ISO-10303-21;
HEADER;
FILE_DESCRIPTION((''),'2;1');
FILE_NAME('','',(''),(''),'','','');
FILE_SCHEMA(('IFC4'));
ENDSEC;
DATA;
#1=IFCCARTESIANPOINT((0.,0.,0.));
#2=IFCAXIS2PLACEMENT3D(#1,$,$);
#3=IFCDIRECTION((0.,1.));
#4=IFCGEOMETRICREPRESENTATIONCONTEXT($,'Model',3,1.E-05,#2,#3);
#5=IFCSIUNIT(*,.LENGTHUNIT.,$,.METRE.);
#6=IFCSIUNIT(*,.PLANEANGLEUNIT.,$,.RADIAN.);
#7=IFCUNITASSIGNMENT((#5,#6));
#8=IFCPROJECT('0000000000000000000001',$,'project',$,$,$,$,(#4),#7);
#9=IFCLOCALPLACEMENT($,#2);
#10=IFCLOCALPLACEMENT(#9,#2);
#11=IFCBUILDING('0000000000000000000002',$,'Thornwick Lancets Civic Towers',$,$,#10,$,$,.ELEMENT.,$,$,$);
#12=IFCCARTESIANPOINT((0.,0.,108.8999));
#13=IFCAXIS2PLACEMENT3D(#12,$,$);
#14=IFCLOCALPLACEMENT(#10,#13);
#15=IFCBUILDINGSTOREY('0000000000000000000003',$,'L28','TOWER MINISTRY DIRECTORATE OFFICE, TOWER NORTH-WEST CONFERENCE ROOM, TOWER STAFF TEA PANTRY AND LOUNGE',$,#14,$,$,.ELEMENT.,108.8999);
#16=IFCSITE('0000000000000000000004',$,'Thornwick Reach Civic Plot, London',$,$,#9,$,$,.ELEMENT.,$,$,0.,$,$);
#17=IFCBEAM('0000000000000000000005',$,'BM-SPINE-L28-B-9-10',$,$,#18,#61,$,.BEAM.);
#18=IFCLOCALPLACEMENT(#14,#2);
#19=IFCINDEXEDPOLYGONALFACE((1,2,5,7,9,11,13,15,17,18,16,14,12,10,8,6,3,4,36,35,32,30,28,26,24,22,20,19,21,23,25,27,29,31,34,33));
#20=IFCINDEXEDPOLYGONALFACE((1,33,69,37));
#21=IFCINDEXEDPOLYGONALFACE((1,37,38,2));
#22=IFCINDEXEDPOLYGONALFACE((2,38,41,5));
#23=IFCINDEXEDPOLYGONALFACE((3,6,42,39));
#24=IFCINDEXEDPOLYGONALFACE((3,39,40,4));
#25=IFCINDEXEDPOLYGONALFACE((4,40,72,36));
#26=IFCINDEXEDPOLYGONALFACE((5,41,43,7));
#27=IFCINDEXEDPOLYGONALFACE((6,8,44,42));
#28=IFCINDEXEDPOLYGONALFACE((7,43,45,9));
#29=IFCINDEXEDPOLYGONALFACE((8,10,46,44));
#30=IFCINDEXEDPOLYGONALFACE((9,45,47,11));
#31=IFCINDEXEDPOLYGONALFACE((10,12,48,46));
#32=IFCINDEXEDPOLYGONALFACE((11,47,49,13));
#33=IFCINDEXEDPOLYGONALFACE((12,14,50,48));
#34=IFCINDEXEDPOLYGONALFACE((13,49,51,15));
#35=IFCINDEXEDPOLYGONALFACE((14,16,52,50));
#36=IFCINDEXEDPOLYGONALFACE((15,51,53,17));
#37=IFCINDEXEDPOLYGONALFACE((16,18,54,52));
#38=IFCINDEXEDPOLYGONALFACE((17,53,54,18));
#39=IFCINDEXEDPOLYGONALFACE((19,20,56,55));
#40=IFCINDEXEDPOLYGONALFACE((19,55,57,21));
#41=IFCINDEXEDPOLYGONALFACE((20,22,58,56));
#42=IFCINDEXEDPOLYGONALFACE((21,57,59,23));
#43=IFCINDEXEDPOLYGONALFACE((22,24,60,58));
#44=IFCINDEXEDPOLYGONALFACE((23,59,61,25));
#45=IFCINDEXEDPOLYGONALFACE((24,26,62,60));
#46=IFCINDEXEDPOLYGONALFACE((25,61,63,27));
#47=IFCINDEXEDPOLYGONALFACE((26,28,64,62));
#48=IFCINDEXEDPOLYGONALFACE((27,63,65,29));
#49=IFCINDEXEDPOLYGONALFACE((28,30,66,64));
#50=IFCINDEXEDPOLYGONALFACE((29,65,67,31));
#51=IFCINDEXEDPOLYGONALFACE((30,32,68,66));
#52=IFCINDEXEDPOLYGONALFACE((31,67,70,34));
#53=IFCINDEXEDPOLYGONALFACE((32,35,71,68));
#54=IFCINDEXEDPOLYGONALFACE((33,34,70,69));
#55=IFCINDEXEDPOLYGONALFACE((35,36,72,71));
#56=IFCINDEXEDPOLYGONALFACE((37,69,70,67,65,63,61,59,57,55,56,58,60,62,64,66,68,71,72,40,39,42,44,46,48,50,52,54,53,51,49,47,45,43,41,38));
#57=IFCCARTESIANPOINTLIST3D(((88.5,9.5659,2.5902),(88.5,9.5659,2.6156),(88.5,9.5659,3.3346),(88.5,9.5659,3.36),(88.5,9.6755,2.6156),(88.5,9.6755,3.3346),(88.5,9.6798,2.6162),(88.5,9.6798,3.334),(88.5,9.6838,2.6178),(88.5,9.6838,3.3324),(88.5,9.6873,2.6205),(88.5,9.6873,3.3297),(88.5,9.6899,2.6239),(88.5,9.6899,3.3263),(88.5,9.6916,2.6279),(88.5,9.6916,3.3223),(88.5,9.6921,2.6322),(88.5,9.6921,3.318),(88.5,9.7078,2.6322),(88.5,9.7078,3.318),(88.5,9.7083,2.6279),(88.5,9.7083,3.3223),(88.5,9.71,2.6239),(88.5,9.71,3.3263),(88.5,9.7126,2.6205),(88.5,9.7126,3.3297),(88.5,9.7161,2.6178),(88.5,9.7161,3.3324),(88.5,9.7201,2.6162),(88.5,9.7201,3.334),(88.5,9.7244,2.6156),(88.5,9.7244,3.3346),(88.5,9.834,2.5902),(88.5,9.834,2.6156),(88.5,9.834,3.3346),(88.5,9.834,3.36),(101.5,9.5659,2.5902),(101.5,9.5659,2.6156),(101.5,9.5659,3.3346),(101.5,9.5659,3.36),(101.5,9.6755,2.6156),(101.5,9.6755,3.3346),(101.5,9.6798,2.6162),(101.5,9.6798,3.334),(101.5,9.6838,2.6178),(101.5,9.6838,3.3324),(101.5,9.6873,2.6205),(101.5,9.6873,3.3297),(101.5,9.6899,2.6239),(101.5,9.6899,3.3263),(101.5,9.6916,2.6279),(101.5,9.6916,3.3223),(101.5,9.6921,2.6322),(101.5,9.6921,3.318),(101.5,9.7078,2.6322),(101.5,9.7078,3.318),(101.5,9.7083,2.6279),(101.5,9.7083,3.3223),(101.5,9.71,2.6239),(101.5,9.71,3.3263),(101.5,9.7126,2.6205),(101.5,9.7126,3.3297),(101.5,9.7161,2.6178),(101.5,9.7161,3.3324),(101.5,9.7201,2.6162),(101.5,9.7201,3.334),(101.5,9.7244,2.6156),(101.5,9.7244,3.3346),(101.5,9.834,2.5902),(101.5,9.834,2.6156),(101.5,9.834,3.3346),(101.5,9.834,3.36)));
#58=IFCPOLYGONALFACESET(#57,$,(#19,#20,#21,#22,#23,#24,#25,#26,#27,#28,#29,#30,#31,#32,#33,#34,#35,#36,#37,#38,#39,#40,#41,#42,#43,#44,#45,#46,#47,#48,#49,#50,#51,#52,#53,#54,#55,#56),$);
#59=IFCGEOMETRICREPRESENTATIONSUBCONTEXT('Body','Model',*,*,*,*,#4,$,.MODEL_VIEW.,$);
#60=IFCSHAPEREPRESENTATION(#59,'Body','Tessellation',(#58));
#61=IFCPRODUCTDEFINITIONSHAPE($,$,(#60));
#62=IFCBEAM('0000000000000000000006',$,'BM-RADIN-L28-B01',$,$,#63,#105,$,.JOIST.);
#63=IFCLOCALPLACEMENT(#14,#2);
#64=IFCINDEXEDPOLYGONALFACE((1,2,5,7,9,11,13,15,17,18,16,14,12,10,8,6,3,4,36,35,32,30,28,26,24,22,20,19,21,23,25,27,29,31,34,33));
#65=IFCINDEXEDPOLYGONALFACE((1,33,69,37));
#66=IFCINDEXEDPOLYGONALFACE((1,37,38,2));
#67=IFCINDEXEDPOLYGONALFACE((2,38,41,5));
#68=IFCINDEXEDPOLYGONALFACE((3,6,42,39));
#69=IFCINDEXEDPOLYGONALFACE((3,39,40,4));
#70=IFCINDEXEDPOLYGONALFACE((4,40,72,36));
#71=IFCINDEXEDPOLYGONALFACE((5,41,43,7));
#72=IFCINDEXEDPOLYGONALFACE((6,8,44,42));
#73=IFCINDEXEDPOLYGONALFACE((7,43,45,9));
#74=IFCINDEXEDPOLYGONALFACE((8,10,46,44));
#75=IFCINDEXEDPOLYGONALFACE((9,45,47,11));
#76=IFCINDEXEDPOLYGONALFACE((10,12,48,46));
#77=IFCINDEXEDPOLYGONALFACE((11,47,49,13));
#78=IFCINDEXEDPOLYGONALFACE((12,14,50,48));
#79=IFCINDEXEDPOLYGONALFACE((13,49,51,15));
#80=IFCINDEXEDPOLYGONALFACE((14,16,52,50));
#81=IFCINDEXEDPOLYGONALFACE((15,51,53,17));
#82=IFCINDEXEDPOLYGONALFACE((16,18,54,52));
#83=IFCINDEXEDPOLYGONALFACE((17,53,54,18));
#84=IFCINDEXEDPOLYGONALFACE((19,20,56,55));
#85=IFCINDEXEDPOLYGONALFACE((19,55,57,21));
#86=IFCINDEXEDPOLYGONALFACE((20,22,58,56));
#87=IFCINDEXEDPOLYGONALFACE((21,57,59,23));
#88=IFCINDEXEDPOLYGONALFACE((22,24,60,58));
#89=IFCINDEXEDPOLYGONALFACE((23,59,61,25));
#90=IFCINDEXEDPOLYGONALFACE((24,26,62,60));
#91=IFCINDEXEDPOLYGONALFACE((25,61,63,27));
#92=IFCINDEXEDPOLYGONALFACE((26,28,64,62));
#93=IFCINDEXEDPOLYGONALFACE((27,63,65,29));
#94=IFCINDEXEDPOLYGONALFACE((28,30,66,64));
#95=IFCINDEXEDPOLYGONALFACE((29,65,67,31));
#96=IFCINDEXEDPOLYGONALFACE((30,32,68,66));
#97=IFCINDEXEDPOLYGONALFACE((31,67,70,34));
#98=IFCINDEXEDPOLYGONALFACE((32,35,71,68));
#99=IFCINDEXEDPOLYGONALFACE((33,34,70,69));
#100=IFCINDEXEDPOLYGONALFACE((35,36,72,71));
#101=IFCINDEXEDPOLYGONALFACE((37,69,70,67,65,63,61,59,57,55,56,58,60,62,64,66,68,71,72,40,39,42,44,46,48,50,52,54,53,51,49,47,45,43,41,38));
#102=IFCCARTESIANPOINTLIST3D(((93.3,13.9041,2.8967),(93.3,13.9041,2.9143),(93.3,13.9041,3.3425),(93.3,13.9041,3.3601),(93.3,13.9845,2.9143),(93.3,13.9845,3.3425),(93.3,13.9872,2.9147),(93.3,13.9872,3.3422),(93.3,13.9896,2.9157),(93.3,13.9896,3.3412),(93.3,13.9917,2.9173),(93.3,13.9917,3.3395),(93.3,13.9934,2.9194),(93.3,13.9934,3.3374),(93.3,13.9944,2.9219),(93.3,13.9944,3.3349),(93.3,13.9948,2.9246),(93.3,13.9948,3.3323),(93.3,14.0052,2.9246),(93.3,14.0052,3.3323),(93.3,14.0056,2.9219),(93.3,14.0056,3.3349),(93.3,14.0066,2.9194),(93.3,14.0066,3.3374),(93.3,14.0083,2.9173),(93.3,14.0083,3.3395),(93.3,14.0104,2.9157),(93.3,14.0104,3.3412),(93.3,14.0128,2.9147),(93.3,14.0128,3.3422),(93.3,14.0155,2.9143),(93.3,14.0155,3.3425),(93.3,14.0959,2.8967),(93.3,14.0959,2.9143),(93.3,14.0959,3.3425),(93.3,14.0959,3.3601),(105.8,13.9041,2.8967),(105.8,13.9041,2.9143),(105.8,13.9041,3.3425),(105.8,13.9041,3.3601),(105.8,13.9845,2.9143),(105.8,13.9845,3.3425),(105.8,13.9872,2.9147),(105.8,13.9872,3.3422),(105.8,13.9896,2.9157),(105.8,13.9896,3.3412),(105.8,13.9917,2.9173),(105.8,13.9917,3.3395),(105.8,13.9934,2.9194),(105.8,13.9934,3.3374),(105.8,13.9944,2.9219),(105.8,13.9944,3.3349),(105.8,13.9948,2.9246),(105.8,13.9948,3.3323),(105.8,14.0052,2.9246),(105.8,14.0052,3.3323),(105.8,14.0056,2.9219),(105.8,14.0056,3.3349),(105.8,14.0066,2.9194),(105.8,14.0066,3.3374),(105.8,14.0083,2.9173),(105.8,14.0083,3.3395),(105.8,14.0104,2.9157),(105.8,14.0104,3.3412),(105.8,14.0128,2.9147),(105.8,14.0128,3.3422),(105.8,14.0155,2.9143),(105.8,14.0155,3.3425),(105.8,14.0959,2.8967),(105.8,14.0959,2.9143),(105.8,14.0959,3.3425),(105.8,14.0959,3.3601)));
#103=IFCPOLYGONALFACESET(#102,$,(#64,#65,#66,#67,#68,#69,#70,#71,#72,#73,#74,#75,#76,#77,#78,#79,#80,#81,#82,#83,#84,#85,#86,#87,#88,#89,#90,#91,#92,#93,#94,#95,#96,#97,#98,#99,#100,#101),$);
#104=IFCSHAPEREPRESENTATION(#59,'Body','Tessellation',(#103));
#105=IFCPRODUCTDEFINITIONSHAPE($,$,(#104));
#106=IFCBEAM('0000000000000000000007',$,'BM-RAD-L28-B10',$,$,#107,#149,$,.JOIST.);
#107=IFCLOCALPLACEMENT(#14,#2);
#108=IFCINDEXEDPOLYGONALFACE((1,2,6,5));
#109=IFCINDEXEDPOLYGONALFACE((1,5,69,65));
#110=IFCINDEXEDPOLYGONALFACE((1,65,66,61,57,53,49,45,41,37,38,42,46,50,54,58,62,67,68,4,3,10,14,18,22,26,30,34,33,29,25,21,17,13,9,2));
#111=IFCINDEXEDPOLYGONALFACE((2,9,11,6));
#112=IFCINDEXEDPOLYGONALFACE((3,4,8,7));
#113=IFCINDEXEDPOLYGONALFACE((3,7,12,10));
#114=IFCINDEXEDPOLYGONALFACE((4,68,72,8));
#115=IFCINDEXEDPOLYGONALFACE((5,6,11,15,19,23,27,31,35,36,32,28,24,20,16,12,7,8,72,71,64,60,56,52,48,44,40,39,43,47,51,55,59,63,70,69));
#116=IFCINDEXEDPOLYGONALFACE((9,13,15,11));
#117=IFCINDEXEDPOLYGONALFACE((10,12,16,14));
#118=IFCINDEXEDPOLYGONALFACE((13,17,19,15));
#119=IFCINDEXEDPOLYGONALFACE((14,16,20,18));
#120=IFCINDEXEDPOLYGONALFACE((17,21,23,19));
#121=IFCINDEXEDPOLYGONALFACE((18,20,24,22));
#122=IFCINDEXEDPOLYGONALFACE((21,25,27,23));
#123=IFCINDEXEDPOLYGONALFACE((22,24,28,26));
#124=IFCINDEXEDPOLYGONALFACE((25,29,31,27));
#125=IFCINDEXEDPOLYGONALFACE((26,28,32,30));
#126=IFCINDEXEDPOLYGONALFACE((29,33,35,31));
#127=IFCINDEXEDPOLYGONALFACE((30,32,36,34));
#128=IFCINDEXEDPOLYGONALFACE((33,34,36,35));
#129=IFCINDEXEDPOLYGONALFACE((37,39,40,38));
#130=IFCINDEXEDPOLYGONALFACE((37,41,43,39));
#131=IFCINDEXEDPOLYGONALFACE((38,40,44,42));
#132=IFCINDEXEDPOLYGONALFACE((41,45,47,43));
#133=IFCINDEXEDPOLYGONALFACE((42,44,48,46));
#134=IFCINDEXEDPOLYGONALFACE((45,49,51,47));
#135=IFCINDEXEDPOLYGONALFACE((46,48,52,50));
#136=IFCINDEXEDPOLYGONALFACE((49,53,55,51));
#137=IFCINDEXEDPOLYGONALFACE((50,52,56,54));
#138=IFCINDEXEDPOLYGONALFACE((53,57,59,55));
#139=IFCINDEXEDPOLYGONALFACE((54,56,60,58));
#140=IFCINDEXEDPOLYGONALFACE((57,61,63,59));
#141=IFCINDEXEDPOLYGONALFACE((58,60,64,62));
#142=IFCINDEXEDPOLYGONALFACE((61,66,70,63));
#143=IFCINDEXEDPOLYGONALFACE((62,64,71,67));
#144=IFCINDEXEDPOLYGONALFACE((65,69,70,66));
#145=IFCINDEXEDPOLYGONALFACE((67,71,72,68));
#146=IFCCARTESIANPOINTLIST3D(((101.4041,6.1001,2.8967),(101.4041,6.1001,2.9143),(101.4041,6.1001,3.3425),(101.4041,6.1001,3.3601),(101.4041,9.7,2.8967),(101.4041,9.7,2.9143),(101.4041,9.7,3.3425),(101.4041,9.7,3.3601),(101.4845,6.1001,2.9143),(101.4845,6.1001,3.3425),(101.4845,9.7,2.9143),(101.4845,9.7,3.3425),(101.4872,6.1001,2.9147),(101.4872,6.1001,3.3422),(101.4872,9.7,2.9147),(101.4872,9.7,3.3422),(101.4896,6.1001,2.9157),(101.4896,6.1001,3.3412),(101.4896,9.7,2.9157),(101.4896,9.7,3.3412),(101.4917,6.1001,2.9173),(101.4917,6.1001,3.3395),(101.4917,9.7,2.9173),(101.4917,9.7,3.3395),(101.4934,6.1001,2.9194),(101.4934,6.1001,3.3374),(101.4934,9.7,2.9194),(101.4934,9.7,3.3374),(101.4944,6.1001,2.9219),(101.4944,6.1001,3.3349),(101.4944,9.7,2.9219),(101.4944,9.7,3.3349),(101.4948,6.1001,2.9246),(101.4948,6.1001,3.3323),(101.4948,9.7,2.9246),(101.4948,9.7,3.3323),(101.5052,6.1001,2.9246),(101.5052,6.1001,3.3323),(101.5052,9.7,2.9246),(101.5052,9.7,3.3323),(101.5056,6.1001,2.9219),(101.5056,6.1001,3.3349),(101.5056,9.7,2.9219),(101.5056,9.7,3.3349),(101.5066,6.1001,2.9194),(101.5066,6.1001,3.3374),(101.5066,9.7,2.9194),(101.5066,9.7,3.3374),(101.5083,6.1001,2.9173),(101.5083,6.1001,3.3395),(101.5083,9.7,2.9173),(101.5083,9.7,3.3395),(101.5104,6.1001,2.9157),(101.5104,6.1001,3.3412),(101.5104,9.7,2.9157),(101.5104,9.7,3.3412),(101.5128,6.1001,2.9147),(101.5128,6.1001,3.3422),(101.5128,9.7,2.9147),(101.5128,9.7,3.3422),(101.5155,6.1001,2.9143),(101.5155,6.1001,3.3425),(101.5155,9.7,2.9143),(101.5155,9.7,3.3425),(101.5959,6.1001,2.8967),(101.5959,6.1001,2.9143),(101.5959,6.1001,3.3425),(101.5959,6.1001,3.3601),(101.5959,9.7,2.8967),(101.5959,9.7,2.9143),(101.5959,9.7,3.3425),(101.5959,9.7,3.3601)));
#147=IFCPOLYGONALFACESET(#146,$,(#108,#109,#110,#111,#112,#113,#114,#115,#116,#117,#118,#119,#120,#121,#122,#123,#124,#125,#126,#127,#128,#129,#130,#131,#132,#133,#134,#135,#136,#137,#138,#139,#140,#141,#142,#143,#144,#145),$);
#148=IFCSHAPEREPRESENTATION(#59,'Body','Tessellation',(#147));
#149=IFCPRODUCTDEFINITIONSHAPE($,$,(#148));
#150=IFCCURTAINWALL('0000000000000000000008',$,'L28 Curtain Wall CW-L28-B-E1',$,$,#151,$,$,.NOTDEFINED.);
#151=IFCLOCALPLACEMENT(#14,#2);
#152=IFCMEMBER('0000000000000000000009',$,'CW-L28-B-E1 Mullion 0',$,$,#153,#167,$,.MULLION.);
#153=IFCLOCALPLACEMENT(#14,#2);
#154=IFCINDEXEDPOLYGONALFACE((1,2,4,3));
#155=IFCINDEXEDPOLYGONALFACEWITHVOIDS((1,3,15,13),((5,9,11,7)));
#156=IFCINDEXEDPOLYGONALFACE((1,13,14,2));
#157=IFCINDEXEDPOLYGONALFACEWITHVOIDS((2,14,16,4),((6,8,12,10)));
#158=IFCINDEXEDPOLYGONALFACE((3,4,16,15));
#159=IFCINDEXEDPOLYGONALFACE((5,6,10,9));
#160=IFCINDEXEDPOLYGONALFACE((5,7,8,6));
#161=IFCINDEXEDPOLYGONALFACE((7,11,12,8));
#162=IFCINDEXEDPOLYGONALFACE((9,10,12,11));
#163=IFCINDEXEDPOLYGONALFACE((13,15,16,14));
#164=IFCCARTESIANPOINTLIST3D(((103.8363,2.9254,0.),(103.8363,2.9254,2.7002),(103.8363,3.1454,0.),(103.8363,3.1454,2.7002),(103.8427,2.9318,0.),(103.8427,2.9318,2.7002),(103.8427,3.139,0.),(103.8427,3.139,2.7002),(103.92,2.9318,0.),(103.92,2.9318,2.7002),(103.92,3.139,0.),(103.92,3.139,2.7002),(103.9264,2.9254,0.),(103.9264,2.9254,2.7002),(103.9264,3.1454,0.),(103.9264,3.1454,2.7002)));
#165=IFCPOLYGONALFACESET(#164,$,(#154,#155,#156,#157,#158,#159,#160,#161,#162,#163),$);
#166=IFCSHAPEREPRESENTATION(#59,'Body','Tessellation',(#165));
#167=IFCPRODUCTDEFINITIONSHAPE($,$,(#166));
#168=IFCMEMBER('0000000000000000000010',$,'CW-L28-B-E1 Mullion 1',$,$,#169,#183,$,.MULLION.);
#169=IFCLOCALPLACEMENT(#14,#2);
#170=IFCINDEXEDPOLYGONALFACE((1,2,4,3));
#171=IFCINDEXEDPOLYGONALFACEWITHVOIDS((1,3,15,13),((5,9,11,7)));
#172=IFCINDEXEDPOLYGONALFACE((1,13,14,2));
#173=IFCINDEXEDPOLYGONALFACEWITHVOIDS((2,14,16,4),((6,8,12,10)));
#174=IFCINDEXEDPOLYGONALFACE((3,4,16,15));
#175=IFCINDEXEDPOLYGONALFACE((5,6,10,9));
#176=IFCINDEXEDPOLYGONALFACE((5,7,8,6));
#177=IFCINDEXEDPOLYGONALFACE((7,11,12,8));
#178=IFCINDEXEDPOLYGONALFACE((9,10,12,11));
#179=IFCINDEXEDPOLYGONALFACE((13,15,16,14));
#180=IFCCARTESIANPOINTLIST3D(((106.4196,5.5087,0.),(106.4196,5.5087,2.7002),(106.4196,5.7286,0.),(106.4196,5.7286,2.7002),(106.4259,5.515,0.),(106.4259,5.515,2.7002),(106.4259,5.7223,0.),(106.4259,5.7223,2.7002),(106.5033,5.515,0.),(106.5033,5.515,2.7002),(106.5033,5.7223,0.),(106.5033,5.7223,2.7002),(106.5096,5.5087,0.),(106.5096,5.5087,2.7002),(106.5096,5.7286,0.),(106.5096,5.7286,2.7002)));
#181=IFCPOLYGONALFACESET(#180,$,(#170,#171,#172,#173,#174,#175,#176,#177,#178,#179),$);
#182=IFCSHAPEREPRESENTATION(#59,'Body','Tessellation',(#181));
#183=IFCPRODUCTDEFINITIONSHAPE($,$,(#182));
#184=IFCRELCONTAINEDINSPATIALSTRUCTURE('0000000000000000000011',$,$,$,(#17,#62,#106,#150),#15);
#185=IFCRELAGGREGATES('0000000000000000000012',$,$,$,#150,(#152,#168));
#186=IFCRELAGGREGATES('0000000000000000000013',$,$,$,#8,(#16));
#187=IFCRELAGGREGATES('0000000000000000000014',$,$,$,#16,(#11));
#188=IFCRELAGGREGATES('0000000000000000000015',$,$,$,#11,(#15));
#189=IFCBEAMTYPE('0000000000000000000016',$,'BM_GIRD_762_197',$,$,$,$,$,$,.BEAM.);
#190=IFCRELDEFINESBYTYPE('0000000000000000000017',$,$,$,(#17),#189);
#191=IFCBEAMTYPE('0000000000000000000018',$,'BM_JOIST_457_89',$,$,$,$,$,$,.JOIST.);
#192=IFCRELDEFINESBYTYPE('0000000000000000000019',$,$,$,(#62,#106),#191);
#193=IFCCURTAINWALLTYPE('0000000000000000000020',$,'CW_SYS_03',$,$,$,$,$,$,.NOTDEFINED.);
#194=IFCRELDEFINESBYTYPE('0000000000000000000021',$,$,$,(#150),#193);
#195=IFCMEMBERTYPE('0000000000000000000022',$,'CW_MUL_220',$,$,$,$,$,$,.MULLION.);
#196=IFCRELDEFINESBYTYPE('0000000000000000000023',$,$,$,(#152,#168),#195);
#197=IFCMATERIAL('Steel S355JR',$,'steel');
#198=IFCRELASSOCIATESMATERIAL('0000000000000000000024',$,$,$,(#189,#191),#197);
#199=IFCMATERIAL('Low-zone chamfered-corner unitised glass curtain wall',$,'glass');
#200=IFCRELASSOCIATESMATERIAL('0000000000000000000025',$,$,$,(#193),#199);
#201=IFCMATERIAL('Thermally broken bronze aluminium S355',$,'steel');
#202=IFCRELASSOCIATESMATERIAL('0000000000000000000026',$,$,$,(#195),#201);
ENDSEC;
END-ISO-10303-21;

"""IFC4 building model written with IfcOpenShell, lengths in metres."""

from ifc_helpers import new_model, si_unit, direction, frame, origin, origin_2d, place, context, subcontext, project, spatial, hollow_rectangle, i_section, extrude, material, material_profile, profile_set, type_object, element, aggregate, save


model = new_model("IFC4")

# Units and contexts
model_context = context("Model", 3, precision=1e-05, world=origin(), true_north=direction((0.0, 1.0)))
body_context = subcontext(model_context, "Body", "Model", "MODEL_VIEW")
ifc_project = project(units=[si_unit("LENGTHUNIT", "METRE"), si_unit("PLANEANGLEUNIT", "RADIAN")], contexts=[model_context])

# Site, building, storey
site_placement = place(None, origin())
site = spatial("IfcSite", under=ifc_project, at=site_placement, Name="Thornwick Reach Civic Plot, London", CompositionType="ELEMENT", RefElevation=0.0)
building_placement = place(site_placement, origin())
building = spatial("IfcBuilding", under=site, at=building_placement, Name="Thornwick Lancets Civic Towers", CompositionType="ELEMENT")
storey_placement = place(building_placement, frame((0.0, 0.0, 108.8999)))
storey = spatial("IfcBuildingStorey", under=building, at=storey_placement, Name="L28", Description="TOWER MINISTRY DIRECTORATE OFFICE, TOWER NORTH-WEST CONFERENCE ROOM, TOWER STAFF TEA PANTRY AND LOUNGE", CompositionType="ELEMENT", Elevation=108.8999)

# Beams
ifc_material_1 = material(Name="Steel S355JR", Category="steel")
ifc_material_profile_1 = material_profile(ifc_material_1, i_section(OverallWidth=0.2681, OverallDepth=0.7698, WebThickness=0.0156, FlangeThickness=0.0254, FilletRadius=0.0166, at=origin_2d()), Name="UKB 762x267x197")
ifc_profile_set_1 = profile_set([ifc_material_profile_1], Name="Steel S355JR")
beam_type_1 = type_object("IfcBeamType", Name="BM_GIRD_762_197", PredefinedType="BEAM", material=ifc_profile_set_1)
for number, where, z_axis, x_axis, name in (
    (1, (101.5, 9.7, 2.9751), (-1.0, 0.0, 0.0), (0.0, -1.0, 0.0), "BM-SPINE-L28-B-9-10"),
):
    element("IfcBeam", number, at=place(storey_placement, frame(where, z_axis=z_axis, x_axis=x_axis)), inside=storey, type_object=beam_type_1, Name=name, PredefinedType="BEAM", context=body_context, shape_type="SweptSolid", body=[
        extrude(i_section(OverallWidth=0.2681, OverallDepth=0.7698, WebThickness=0.0156, FlangeThickness=0.0254, FilletRadius=0.0166, at=origin_2d()), origin(), (0.0, 0.0, 1.0), 13.0),
    ])
ifc_material_profile_2 = material_profile(ifc_material_1, i_section(OverallWidth=0.1919, OverallDepth=0.4634, WebThickness=0.0105, FlangeThickness=0.0176, FilletRadius=0.0103, at=origin_2d()), Name="UKB 457x191x89")
ifc_profile_set_2 = profile_set([ifc_material_profile_2], Name="Steel S355JR")
beam_type_2 = type_object("IfcBeamType", Name="BM_JOIST_457_89", PredefinedType="JOIST", material=ifc_profile_set_2)
beam_1_placement = place(storey_placement, frame((93.3, 14.0, 3.1284), z_axis=(1.0, 0.0, 0.0), x_axis=(0.0, 1.0, 0.0)))
element("IfcBeam", 2, at=beam_1_placement, inside=storey, type_object=beam_type_2, Name="BM-RADIN-L28-B01", PredefinedType="JOIST", context=body_context, shape_type="SweptSolid", body=[
    extrude(i_section(OverallWidth=0.1919, OverallDepth=0.4634, WebThickness=0.0105, FlangeThickness=0.0176, FilletRadius=0.0103, at=origin_2d()), origin(), (0.0, 0.0, 1.0), 12.5),
])
beam_2_placement = place(storey_placement, frame((101.5, 9.7, 3.1284), z_axis=(0.0, -1.0, 0.0), x_axis=(1.0, 0.0, 0.0)))
element("IfcBeam", 3, at=beam_2_placement, inside=storey, type_object=beam_type_2, Name="BM-RAD-L28-B10", PredefinedType="JOIST", context=body_context, shape_type="SweptSolid", body=[
    extrude(i_section(OverallWidth=0.1919, OverallDepth=0.4634, WebThickness=0.0105, FlangeThickness=0.0176, FilletRadius=0.0103, at=origin_2d()), origin(), (0.0, 0.0, 1.0), 3.5999),
])

# Curtain wall, members
ifc_material_2 = material(Name="Low-zone chamfered-corner unitised glass curtain wall", Category="glass")
curtain_wall_type = type_object("IfcCurtainWallType", Name="CW_SYS_03", PredefinedType="NOTDEFINED", material=ifc_material_2)
curtain_wall_placement = place(storey_placement, origin())
curtain_wall = element("IfcCurtainWall", 4, at=curtain_wall_placement, inside=storey, type_object=curtain_wall_type, Name="L28 Curtain Wall CW-L28-B-E1", PredefinedType="NOTDEFINED")
ifc_material_3 = material(Name="Thermally broken bronze aluminium S355", Category="steel")
ifc_material_profile_3 = material_profile(ifc_material_3, hollow_rectangle(XDim=0.0901, YDim=0.22, WallThickness=0.0063, at=origin_2d()), Name="RHS 220x90x6.3")
ifc_profile_set_3 = profile_set([ifc_material_profile_3], Name="Thermally broken bronze aluminium S355")
member_type_1 = type_object("IfcMemberType", Name="CW_MUL_220", PredefinedType="MULLION", material=ifc_profile_set_3)
member_1_placement = place(storey_placement, frame((103.8813, 3.0354, 0.0), z_axis=(0.0, 0.0, 1.0), x_axis=(1.0, 0.0, 0.0)))
member_1 = element("IfcMember", 5, at=member_1_placement, type_object=member_type_1, Name="CW-L28-B-E1 Mullion 0", PredefinedType="MULLION", context=body_context, shape_type="SweptSolid", body=[
    extrude(hollow_rectangle(XDim=0.0901, YDim=0.22, WallThickness=0.0063, at=origin_2d()), origin(), (0.0, 0.0, 1.0), 2.7002),
])
member_2_placement = place(storey_placement, frame((106.4646, 5.6187, 0.0), z_axis=(0.0, 0.0, 1.0), x_axis=(1.0, 0.0, 0.0)))
member_2 = element("IfcMember", 6, at=member_2_placement, type_object=member_type_1, Name="CW-L28-B-E1 Mullion 1", PredefinedType="MULLION", context=body_context, shape_type="SweptSolid", body=[
    extrude(hollow_rectangle(XDim=0.0901, YDim=0.22, WallThickness=0.0063, at=origin_2d()), origin(), (0.0, 0.0, 1.0), 2.7002),
])
aggregate(curtain_wall, [member_1, member_2])

save(model, "model.ifc")
